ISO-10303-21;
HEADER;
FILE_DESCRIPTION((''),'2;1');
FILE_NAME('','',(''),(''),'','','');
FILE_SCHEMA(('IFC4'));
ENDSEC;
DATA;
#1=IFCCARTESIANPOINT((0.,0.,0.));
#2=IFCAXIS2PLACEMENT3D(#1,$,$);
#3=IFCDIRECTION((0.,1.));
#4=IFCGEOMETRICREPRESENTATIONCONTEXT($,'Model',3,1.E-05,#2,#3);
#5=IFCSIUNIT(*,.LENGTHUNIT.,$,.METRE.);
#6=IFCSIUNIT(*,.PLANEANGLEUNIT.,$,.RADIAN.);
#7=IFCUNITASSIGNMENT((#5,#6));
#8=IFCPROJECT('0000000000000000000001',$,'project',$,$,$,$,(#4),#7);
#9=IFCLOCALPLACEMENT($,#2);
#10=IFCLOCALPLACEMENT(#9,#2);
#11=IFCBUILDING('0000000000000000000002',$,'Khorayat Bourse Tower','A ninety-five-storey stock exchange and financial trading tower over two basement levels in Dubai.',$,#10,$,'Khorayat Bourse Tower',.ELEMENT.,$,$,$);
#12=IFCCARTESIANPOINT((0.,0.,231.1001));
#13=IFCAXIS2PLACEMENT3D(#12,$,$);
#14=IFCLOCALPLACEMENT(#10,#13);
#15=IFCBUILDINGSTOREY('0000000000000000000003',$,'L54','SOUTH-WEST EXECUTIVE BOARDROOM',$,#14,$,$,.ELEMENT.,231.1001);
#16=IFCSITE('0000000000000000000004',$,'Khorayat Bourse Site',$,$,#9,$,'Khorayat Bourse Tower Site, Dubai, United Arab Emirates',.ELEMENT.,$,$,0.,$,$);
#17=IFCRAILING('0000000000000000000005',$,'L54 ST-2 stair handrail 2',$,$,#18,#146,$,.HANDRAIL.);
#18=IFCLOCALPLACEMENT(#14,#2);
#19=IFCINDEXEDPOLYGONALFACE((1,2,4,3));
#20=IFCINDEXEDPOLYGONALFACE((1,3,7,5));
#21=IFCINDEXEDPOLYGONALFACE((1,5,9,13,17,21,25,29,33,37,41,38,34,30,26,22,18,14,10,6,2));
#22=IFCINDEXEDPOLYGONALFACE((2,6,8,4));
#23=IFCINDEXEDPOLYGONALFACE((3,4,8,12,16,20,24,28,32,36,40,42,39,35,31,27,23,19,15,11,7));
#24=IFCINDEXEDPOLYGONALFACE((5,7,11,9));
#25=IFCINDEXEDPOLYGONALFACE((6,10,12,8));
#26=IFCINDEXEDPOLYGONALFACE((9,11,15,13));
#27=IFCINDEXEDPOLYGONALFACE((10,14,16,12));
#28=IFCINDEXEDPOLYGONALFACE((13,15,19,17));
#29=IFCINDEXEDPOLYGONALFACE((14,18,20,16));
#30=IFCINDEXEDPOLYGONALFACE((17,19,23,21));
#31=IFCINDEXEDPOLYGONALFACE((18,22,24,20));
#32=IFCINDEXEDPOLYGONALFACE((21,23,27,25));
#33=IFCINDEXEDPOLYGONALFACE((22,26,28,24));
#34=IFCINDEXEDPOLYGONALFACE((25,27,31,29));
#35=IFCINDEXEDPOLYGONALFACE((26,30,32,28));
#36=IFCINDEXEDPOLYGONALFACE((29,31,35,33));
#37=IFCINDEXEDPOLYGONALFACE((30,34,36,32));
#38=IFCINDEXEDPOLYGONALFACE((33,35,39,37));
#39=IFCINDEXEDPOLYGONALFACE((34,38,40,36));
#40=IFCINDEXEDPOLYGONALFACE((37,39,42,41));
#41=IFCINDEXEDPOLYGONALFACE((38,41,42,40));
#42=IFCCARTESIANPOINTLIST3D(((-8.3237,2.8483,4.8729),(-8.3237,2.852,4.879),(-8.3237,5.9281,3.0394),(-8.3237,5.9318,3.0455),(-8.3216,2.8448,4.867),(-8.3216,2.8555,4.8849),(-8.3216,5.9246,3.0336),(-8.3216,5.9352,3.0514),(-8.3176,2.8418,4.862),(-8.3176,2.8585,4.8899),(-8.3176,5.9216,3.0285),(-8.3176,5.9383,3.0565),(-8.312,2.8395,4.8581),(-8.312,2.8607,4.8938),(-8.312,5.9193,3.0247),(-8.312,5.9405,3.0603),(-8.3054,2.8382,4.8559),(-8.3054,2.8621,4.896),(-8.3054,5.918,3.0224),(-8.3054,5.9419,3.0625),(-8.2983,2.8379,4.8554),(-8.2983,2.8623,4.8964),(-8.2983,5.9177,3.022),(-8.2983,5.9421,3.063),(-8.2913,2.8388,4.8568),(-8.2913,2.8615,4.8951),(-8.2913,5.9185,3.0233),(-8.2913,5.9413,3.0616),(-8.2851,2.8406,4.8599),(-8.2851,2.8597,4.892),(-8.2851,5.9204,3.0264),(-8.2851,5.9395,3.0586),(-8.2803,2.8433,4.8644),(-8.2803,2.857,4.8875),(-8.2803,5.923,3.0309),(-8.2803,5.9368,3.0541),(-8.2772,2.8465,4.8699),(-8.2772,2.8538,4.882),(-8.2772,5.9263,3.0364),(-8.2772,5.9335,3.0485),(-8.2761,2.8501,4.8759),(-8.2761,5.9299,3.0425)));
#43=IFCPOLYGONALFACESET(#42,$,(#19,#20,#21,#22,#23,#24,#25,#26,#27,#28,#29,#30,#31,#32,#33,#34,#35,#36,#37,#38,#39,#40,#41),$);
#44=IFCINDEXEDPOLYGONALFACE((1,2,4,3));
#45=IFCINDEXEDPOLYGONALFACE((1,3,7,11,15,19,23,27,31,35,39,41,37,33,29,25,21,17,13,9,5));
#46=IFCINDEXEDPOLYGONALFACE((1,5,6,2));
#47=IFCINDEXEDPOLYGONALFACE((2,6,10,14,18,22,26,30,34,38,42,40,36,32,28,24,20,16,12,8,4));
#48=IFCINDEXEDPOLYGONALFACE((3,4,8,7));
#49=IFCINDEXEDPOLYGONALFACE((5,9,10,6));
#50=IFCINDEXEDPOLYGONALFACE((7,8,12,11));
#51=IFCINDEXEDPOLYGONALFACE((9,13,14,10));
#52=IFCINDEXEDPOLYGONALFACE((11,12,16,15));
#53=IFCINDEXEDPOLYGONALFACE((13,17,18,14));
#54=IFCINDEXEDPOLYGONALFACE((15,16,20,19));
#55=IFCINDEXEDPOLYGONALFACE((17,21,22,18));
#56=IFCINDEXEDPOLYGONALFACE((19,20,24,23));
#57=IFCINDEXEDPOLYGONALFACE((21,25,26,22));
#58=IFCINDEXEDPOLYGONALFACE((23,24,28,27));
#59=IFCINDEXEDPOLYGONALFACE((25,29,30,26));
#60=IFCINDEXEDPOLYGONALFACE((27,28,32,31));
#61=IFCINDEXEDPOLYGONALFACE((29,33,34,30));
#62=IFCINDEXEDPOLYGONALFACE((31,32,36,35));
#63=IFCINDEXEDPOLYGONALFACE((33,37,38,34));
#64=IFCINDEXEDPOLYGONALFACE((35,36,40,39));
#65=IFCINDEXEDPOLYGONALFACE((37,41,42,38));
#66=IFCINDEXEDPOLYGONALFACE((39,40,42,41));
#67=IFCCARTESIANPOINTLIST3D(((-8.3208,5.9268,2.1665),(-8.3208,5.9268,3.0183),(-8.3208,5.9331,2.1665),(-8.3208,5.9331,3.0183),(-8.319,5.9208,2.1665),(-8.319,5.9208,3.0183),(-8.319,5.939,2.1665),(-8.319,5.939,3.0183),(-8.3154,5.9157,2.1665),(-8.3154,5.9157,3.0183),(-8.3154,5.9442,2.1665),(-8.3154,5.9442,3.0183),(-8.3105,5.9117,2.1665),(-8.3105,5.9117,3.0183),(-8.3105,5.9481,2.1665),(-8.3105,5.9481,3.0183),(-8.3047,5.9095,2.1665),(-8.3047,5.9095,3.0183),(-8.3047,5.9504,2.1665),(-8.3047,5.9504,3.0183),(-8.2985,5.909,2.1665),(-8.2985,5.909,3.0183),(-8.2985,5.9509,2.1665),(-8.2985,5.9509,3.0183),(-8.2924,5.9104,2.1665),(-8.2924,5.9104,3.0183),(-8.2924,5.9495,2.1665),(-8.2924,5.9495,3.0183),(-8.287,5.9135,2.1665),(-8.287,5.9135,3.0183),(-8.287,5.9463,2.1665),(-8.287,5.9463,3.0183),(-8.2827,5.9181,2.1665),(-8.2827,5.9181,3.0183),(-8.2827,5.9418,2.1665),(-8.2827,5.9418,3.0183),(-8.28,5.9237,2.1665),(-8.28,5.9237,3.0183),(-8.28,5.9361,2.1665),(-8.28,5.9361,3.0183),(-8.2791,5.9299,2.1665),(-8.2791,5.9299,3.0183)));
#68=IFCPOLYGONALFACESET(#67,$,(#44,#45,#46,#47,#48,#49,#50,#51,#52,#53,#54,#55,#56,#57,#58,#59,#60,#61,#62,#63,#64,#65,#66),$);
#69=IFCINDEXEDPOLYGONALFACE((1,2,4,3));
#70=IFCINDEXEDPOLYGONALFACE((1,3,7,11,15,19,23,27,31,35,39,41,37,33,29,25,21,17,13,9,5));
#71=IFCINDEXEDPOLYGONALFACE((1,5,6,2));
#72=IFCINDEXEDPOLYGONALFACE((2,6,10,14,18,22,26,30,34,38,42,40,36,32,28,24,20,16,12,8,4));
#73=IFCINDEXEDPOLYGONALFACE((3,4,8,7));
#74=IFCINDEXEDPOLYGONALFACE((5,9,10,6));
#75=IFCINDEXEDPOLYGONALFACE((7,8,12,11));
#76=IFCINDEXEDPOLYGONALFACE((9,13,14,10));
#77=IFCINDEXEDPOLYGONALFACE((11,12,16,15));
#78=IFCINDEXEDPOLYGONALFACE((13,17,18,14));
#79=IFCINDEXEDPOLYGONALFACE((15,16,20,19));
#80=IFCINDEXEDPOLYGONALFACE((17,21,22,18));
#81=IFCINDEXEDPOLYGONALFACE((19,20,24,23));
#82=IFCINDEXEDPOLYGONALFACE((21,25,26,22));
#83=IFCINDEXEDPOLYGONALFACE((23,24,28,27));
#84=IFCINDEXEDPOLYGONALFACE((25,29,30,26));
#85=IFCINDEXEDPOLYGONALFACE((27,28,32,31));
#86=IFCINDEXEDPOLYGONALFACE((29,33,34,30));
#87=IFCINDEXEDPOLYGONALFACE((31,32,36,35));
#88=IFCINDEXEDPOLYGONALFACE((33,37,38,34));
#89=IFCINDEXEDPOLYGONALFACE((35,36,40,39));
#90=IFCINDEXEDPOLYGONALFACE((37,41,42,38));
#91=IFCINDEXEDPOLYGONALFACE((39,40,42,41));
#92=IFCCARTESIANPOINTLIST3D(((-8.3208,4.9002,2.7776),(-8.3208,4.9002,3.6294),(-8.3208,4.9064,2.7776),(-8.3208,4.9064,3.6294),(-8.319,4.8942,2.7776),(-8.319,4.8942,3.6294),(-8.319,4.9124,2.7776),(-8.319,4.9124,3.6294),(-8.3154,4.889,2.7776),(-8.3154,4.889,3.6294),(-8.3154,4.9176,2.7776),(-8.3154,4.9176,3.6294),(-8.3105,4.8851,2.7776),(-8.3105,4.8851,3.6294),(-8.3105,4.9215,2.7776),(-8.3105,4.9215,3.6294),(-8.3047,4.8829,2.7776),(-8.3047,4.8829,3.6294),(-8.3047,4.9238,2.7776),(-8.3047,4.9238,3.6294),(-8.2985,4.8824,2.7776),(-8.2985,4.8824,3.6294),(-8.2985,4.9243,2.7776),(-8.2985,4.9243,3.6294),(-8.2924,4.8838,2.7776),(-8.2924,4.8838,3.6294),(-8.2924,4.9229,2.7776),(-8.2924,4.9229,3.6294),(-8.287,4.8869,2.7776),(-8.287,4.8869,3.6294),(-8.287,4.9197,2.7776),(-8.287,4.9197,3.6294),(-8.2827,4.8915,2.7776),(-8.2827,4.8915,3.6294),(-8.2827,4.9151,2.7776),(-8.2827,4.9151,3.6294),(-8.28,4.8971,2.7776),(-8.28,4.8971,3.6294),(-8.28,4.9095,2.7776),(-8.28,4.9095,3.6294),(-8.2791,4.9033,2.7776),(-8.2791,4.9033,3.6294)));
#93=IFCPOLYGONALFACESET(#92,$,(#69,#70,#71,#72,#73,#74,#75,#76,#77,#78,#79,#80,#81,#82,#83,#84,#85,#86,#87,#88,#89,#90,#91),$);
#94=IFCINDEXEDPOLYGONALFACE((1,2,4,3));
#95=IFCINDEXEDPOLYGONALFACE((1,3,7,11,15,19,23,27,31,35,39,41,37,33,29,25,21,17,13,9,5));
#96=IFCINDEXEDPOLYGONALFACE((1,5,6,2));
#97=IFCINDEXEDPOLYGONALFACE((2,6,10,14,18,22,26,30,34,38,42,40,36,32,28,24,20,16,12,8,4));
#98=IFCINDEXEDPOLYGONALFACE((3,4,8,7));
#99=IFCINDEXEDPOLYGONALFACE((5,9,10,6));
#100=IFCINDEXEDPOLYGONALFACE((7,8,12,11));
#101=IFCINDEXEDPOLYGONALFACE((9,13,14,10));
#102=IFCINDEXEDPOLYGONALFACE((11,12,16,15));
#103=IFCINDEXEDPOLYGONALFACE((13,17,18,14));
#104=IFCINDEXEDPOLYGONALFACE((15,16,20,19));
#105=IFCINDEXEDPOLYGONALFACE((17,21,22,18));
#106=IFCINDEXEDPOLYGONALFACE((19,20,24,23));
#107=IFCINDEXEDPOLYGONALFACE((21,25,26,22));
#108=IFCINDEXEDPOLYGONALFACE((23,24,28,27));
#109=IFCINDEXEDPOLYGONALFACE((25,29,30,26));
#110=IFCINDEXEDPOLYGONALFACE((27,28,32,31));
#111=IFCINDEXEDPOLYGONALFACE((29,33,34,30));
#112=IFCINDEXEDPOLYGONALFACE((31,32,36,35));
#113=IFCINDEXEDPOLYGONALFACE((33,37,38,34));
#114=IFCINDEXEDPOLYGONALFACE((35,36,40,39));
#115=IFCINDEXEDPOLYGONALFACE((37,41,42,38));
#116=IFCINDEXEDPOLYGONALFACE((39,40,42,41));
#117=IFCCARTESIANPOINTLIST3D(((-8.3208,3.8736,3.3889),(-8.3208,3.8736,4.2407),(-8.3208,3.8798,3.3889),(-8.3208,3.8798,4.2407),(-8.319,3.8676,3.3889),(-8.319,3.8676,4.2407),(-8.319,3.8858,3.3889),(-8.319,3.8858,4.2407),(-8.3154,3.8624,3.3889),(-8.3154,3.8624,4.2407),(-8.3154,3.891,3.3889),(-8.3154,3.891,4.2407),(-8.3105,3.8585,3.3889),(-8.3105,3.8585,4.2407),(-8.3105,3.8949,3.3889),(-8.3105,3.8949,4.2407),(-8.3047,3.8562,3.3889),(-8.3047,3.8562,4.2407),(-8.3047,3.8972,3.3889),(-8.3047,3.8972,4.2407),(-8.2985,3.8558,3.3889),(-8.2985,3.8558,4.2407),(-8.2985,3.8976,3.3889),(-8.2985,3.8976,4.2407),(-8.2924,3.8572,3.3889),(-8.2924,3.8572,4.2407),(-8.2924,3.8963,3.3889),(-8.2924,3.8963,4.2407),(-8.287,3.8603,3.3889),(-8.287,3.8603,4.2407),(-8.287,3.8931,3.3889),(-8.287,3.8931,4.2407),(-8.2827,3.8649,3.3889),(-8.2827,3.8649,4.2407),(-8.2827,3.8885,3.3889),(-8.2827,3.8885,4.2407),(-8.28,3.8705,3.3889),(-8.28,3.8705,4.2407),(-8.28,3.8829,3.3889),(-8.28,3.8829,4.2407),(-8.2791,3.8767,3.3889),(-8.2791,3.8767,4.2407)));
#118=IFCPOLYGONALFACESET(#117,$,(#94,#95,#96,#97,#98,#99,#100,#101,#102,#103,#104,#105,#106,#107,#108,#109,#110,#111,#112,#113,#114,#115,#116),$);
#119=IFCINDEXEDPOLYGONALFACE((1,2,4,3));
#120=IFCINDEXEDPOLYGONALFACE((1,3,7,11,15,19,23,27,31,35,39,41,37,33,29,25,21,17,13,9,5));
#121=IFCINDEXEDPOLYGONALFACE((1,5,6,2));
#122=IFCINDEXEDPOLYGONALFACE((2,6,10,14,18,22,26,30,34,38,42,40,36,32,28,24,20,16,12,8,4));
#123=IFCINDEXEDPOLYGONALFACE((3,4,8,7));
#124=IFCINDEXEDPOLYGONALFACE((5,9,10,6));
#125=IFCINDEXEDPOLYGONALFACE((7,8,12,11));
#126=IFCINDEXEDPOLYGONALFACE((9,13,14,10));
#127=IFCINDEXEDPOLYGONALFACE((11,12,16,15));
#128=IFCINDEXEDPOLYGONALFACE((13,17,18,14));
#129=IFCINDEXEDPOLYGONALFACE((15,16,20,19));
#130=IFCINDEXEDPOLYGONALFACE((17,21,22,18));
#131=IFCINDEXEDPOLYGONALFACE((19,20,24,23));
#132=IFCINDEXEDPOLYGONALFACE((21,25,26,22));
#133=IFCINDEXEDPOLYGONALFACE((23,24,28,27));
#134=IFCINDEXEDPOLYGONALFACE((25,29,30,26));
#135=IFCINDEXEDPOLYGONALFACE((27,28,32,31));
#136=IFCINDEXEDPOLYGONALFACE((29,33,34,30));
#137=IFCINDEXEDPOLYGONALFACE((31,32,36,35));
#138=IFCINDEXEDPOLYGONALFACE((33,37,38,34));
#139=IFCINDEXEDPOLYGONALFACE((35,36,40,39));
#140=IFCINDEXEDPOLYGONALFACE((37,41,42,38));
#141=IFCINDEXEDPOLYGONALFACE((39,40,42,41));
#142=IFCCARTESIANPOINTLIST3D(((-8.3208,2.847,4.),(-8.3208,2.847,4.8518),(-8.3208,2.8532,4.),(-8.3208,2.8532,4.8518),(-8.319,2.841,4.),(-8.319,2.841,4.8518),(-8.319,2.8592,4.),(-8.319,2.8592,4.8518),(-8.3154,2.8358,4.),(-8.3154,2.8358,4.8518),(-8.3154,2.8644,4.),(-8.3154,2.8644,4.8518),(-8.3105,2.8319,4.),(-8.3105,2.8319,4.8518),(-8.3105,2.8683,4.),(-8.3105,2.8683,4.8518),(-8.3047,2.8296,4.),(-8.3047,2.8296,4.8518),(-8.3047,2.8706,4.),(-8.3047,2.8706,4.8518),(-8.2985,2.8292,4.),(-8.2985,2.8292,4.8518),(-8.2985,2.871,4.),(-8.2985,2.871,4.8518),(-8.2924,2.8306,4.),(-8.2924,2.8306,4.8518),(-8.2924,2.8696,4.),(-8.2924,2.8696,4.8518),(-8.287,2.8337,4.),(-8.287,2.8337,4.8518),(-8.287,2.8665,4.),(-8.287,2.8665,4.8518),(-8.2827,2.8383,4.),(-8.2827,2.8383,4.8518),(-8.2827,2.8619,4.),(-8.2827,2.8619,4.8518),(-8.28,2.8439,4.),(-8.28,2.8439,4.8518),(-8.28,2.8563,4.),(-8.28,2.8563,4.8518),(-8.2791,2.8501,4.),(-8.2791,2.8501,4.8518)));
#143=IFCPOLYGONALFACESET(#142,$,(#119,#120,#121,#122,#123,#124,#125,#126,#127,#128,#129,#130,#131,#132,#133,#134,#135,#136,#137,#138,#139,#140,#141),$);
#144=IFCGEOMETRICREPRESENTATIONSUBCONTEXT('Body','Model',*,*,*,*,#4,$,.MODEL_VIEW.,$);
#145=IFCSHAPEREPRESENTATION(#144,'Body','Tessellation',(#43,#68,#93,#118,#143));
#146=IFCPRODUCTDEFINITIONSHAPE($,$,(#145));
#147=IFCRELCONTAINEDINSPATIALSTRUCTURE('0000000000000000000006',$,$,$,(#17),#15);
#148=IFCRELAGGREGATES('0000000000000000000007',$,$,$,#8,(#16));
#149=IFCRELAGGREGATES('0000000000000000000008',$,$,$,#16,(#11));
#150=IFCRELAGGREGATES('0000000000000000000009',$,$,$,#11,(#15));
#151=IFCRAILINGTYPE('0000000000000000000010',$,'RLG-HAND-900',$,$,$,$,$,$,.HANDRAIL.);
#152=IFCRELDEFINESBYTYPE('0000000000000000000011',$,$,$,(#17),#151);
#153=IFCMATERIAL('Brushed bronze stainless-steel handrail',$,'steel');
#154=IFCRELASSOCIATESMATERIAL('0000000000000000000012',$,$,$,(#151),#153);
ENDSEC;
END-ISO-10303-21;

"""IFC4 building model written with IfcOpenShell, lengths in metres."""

from ifc_helpers import new_model, si_unit, direction, frame, origin, origin_2d, place, context, subcontext, project, spatial, circle, extrude, source, transform, mapped, material, type_object, element, save


model = new_model("IFC4")

# Units and contexts
model_context = context("Model", 3, precision=1e-05, world=origin(), true_north=direction((0.0, 1.0)))
body_context = subcontext(model_context, "Body", "Model", "MODEL_VIEW")
ifc_project = project(units=[si_unit("LENGTHUNIT", "METRE"), si_unit("PLANEANGLEUNIT", "RADIAN")], contexts=[model_context])

# Site, building, storey
site_placement = place(None, origin())
site = spatial("IfcSite", under=ifc_project, at=site_placement, Name="Khorayat Bourse Site", LongName="Khorayat Bourse Tower Site, Dubai, United Arab Emirates", CompositionType="ELEMENT", RefElevation=0.0)
building_placement = place(site_placement, origin())
building = spatial("IfcBuilding", under=site, at=building_placement, Name="Khorayat Bourse Tower", Description="A ninety-five-storey stock exchange and financial trading tower over two basement levels in Dubai.", LongName="Khorayat Bourse Tower", CompositionType="ELEMENT")
storey_placement = place(building_placement, frame((0.0, 0.0, 231.1001)))
storey = spatial("IfcBuildingStorey", under=building, at=storey_placement, Name="L54", Description="SOUTH-WEST EXECUTIVE BOARDROOM", CompositionType="ELEMENT", Elevation=231.1001)

# Railing
ifc_material_1 = material(Name="Brushed bronze stainless-steel handrail", Category="steel")
railing_type_1 = type_object("IfcRailingType", Name="RLG-HAND-900", PredefinedType="HANDRAIL", material=ifc_material_1)
shared_shape_1 = source(origin(), body_context, "Body", "SweptSolid", [
    extrude(circle(Radius=0.0239, at=origin_2d()), frame((0.0, 0.0, 0.876), z_axis=(0.0, -0.859261, 0.511538), x_axis=(1.0, 0.0, 0.0)), (0.0, 0.0, 1.0), 3.5842),
    extrude(circle(Radius=0.021, at=origin_2d()), origin(), (0.0, 0.0, 1.0), 0.8518),
    extrude(circle(Radius=0.021, at=origin_2d()), frame((0.0, -1.0266, 0.6111)), (0.0, 0.0, 1.0), 0.8518),
    extrude(circle(Radius=0.021, at=origin_2d()), frame((0.0, -2.0532, 1.2224)), (0.0, 0.0, 1.0), 0.8518),
    extrude(circle(Radius=0.021, at=origin_2d()), frame((0.0, -3.0798, 1.8335)), (0.0, 0.0, 1.0), 0.8518),
])
railing_1_placement = place(storey_placement, frame((-8.3, 5.9299, 2.1665)))
element("IfcRailing", 1, at=railing_1_placement, inside=storey, type_object=railing_type_1, Name="L54 ST-2 stair handrail 2", PredefinedType="HANDRAIL", context=body_context, shape_type="MappedRepresentation", body=[
    mapped(shared_shape_1, transform((0.0, 0.0, 0.0), scale=1.0)),
])

save(model, "model.ifc")
